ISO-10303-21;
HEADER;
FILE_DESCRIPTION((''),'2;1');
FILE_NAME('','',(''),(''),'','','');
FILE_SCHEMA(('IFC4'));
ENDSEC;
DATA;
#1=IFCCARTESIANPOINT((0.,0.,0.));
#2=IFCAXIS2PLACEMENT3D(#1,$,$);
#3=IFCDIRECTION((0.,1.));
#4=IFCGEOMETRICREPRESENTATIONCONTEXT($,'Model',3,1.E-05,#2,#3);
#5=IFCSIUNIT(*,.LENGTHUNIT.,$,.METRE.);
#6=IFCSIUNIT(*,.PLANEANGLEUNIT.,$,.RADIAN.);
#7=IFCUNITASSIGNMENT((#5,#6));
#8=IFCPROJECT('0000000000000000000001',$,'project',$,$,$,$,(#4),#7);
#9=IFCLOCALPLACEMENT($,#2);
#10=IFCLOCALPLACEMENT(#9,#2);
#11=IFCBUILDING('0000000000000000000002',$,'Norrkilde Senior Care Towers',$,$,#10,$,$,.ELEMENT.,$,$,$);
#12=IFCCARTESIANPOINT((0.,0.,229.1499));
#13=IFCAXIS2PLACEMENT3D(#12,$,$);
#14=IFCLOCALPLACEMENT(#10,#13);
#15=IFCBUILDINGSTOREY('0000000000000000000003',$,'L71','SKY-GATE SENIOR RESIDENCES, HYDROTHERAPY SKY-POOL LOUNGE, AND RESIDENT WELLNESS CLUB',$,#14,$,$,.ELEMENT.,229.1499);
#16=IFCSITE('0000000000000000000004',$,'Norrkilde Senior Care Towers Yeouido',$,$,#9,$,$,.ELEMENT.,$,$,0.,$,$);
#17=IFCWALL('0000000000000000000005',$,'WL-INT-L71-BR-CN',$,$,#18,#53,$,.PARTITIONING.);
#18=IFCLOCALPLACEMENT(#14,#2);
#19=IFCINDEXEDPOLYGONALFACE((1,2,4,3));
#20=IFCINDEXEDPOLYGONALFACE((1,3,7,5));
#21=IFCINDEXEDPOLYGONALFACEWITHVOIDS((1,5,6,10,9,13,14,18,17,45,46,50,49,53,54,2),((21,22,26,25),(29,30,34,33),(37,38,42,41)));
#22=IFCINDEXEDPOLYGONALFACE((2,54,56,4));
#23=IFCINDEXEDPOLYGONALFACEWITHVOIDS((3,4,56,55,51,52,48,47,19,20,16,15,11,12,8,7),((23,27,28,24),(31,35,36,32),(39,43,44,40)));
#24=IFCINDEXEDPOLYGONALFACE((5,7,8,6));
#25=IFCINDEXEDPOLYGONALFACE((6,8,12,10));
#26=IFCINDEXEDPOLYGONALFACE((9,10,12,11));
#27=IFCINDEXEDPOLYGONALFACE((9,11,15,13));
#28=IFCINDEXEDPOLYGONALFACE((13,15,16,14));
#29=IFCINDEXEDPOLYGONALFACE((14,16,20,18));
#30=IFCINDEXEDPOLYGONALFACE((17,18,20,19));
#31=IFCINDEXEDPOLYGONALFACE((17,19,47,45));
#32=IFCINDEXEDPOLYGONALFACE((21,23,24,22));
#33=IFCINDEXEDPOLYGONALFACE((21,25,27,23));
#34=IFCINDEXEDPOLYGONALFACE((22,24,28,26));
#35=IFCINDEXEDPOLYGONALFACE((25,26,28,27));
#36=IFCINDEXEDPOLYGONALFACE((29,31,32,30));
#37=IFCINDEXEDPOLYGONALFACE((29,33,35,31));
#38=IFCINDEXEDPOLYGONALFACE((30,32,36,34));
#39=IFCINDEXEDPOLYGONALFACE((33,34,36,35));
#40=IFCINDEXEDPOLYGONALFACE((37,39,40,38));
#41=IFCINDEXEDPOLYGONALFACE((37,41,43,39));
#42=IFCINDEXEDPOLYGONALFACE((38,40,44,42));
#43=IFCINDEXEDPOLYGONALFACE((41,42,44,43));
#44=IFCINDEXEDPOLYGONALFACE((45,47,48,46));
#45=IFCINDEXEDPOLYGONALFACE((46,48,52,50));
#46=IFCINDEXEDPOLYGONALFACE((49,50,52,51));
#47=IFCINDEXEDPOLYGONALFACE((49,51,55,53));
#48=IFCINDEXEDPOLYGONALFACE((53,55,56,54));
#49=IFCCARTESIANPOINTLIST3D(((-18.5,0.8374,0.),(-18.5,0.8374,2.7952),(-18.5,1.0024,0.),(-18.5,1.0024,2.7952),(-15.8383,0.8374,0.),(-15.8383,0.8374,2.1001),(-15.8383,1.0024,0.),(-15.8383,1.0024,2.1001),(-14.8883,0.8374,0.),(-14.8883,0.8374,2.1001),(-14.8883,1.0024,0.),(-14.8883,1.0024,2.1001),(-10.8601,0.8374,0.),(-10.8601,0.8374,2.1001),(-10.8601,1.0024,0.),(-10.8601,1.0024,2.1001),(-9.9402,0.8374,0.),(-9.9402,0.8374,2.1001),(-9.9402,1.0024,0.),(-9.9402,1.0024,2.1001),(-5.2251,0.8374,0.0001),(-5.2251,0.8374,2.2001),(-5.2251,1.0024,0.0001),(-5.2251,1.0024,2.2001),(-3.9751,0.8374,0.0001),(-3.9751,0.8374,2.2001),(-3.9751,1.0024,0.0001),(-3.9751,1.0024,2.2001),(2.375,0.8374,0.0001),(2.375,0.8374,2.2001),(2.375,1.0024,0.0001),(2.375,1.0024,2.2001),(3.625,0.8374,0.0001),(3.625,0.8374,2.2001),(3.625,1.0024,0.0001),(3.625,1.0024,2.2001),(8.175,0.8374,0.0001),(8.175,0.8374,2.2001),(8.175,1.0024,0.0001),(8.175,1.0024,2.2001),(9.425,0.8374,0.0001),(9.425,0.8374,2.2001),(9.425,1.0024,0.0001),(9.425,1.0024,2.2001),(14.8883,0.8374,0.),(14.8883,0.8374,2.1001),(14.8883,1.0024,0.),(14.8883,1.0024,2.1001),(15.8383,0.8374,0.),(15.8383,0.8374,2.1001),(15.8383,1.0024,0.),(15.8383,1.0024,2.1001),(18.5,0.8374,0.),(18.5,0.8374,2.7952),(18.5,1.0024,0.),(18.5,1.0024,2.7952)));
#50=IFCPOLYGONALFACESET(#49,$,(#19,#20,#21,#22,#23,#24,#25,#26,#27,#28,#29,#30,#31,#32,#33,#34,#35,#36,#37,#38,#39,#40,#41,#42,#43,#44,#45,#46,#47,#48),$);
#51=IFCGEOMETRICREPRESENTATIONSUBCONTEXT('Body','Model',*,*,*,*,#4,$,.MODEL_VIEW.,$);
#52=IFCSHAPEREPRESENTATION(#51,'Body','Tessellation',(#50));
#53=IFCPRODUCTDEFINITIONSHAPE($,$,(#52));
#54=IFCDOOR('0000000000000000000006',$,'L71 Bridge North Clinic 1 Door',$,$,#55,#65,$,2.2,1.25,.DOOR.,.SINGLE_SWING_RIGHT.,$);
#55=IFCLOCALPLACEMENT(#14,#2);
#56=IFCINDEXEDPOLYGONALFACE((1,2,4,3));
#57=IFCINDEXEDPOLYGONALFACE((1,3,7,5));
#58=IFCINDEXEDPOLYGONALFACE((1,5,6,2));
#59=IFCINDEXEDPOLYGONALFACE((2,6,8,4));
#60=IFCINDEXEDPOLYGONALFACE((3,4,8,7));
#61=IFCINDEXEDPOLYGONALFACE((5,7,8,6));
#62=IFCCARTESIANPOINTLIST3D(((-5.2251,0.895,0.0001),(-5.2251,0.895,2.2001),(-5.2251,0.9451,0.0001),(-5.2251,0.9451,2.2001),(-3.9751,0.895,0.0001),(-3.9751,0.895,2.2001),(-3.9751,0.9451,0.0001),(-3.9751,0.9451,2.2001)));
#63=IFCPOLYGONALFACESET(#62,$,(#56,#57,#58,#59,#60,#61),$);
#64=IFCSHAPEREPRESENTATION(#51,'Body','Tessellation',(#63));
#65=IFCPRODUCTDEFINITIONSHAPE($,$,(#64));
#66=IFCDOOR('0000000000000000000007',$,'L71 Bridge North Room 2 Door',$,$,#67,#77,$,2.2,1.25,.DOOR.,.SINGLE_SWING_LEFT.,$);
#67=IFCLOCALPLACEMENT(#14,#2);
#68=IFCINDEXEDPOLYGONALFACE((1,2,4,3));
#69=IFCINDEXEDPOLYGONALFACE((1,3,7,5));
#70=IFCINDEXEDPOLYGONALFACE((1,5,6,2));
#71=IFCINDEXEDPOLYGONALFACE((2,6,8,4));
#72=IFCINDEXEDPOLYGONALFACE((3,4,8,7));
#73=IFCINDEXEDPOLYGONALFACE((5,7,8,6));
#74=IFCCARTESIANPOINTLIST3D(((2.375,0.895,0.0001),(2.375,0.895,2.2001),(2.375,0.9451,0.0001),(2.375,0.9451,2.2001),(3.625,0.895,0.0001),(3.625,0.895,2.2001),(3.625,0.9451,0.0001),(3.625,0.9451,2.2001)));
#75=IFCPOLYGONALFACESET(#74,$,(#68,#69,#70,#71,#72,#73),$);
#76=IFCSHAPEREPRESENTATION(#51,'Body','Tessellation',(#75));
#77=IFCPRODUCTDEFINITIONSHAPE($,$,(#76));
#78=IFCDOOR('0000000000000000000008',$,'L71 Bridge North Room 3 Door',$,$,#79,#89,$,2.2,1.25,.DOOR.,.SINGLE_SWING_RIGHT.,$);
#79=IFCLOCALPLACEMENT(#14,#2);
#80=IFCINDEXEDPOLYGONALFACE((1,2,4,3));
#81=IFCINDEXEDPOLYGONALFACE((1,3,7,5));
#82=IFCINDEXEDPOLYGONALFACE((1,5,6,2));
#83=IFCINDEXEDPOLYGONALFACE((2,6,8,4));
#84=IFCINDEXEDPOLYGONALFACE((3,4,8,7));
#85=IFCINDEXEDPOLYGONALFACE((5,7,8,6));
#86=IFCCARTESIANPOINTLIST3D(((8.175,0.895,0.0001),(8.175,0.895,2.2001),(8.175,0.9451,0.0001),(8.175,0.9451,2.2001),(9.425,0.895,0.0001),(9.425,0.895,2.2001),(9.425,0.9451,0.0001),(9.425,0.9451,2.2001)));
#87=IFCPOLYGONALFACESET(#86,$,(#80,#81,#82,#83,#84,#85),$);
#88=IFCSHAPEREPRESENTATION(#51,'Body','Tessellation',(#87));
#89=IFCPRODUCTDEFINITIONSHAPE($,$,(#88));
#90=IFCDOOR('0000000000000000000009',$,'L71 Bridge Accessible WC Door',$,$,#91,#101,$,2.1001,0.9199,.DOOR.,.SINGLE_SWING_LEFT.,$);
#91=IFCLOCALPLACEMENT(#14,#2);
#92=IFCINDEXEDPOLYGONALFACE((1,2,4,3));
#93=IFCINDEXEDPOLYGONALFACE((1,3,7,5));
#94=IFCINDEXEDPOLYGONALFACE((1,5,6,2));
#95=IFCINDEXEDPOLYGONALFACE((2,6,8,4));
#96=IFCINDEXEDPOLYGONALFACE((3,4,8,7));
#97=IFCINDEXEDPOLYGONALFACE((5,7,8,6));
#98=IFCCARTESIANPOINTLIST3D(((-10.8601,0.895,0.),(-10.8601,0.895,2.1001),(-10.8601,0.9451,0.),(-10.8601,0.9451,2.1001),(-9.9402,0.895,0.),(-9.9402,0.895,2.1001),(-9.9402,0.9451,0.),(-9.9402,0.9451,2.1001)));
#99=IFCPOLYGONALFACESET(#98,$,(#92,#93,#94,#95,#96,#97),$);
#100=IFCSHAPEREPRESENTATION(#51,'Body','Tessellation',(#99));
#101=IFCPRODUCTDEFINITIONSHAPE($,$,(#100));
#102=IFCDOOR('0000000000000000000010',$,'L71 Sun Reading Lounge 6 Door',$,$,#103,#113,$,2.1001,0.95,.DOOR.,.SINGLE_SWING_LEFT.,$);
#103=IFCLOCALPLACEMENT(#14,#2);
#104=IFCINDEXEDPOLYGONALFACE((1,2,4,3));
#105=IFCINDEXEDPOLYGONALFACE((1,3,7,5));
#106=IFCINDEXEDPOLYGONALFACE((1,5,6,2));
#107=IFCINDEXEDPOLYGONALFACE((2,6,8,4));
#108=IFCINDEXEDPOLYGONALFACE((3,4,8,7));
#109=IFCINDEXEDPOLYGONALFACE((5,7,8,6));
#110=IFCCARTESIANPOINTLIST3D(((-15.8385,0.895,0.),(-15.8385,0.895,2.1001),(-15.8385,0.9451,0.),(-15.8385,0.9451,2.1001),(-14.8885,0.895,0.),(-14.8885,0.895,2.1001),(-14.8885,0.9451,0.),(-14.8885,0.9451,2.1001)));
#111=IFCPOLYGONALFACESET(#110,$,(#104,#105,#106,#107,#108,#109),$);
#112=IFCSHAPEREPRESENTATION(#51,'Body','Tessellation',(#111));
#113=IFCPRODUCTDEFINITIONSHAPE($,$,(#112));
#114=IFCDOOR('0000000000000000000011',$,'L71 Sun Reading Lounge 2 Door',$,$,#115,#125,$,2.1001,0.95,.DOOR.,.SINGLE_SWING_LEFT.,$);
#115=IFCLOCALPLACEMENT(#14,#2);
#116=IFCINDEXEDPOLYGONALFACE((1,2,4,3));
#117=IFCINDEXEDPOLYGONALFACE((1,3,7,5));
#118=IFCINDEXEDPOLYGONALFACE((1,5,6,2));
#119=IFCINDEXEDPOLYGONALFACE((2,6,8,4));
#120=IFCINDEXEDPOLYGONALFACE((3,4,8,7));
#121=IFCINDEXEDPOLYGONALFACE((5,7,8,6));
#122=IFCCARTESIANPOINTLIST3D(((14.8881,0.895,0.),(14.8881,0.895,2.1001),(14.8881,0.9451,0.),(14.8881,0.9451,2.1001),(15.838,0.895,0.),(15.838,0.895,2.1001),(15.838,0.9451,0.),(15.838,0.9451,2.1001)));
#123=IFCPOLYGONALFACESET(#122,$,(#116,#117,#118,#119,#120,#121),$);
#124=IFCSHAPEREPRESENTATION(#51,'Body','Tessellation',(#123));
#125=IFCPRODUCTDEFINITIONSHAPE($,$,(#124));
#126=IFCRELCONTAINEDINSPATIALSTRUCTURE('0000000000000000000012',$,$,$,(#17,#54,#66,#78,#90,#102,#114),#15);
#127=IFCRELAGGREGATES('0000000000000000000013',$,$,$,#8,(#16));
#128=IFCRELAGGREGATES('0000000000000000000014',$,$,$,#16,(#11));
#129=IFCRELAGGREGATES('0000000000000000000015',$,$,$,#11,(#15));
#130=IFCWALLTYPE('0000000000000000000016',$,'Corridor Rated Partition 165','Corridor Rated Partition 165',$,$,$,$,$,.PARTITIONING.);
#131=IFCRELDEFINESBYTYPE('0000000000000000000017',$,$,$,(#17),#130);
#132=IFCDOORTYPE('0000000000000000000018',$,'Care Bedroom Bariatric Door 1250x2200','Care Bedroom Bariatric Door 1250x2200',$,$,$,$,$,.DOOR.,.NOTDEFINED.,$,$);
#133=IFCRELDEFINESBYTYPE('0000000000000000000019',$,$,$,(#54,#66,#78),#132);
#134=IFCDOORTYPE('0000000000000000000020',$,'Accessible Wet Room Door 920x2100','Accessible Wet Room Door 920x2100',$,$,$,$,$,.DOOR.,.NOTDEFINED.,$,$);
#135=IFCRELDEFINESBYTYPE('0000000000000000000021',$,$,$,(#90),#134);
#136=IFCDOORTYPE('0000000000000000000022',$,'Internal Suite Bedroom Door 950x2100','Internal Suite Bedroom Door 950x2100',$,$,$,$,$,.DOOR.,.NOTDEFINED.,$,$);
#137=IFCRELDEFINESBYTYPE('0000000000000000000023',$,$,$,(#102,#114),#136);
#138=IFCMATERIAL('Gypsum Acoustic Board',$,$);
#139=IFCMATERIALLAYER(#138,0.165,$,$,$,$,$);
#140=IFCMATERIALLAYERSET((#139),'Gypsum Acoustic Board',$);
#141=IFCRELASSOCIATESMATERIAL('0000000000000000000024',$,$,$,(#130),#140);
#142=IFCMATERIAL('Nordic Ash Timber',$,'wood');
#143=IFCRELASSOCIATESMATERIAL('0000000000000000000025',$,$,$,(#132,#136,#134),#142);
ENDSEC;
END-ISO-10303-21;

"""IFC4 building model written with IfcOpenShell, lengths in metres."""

from ifc_helpers import new_model, si_unit, direction, frame, frame_2d, origin, place, context, subcontext, project, spatial, rectangle, extrude, source, transform, mapped, material, layer, layer_set, type_object, type_shapes, element, fill, save


model = new_model("IFC4")

# Units and contexts
model_context = context("Model", 3, precision=1e-05, world=origin(), true_north=direction((0.0, 1.0)))
body_context = subcontext(model_context, "Body", "Model", "MODEL_VIEW")
ifc_project = project(units=[si_unit("LENGTHUNIT", "METRE"), si_unit("PLANEANGLEUNIT", "RADIAN")], contexts=[model_context])

# Site, building, storey
site_placement = place(None, origin())
site = spatial("IfcSite", under=ifc_project, at=site_placement, Name="Norrkilde Senior Care Towers Yeouido", CompositionType="ELEMENT", RefElevation=0.0)
building_placement = place(site_placement, origin())
building = spatial("IfcBuilding", under=site, at=building_placement, Name="Norrkilde Senior Care Towers", CompositionType="ELEMENT")
storey_placement = place(building_placement, frame((0.0, 0.0, 229.1499)))
storey = spatial("IfcBuildingStorey", under=building, at=storey_placement, Name="L71", Description="SKY-GATE SENIOR RESIDENCES, HYDROTHERAPY SKY-POOL LOUNGE, AND RESIDENT WELLNESS CLUB", CompositionType="ELEMENT", Elevation=229.1499)

# Shared definitions
ifc_material_1 = material(Name="Gypsum Acoustic Board")
ifc_layer = layer(ifc_material_1, 0.165)
ifc_layer_set = layer_set([ifc_layer], Name="Gypsum Acoustic Board")
wall_type = type_object("IfcWallType", Name="Corridor Rated Partition 165", Description="Corridor Rated Partition 165", PredefinedType="PARTITIONING", material=ifc_layer_set)
ifc_material_2 = material(Name="Nordic Ash Timber", Category="wood")
door_type_1 = type_object("IfcDoorType", Name="Care Bedroom Bariatric Door 1250x2200", Description="Care Bedroom Bariatric Door 1250x2200", OperationType="NOTDEFINED", PredefinedType="DOOR", material=ifc_material_2)
shared_shape_1 = source(origin(), body_context, "Body", "SweptSolid", [
    extrude(rectangle(XDim=1.25, YDim=2.2, at=frame_2d((0.625, 1.1001))), frame((0.0, 0.0249, 0.0), z_axis=(0.0, -1.0, 0.0), x_axis=(1.0, 0.0, 0.0)), (0.0, 0.0, 1.0), 0.05),
])
type_shapes(door_type_1, [shared_shape_1])

# Wall, openings, doors
shared_shape_2 = source(origin(), body_context, "Body", "SweptSolid", [
    extrude(rectangle(XDim=37.0, YDim=0.165, at=frame_2d((18.5, 0.0))), origin(), (0.0, 0.0, 1.0), 2.7952),
])
door_type_2 = type_object("IfcDoorType", Name="Internal Suite Bedroom Door 950x2100", Description="Internal Suite Bedroom Door 950x2100", OperationType="NOTDEFINED", PredefinedType="DOOR", material=ifc_material_2)
shared_shape_3 = source(origin(), body_context, "Body", "SweptSolid", [
    extrude(rectangle(XDim=0.95, YDim=2.1001, at=frame_2d((0.4751, 1.05))), frame((0.0, 0.0249, 0.0), z_axis=(0.0, -1.0, 0.0), x_axis=(1.0, 0.0, 0.0)), (0.0, 0.0, 1.0), 0.05),
])
type_shapes(door_type_2, [shared_shape_3])
wall_1_placement = place(storey_placement, frame((-18.5, 0.9199, 0.0), z_axis=(0.0, 0.0, 1.0), x_axis=(1.0, 0.0, 0.0)))
wall_1 = element("IfcWall", 1, at=wall_1_placement, inside=storey, type_object=wall_type, Name="WL-INT-L71-BR-CN", PredefinedType="PARTITIONING", context=body_context, shape_type="MappedRepresentation", body=[
    mapped(shared_shape_2, transform((0.0, 0.0, 0.0), x_axis=(1.0, 0.0, 0.0), y_axis=(0.0, 1.0, 0.0), z_axis=(0.0, 0.0, 1.0), scale=1.0)),
])
opening_1_placement = place(wall_1_placement, frame((2.6616, 0.0, 0.0)))
opening_1 = element("IfcOpeningElement", 2, at=opening_1_placement, cuts=wall_1, PredefinedType="OPENING", context=body_context, shape_type="SweptSolid", body=[
    extrude(rectangle(XDim=0.95, YDim=2.1001, at=frame_2d((0.4751, 1.05))), frame((0.0, 0.0925, 0.0), z_axis=(0.0, -1.0, 0.0), x_axis=(1.0, 0.0, 0.0)), (0.0, 0.0, 1.0), 0.1851),
])
opening_2_placement = place(wall_1_placement, frame((33.3882, 0.0, 0.0)))
opening_2 = element("IfcOpeningElement", 3, at=opening_2_placement, cuts=wall_1, PredefinedType="OPENING", context=body_context, shape_type="SweptSolid", body=[
    extrude(rectangle(XDim=0.95, YDim=2.1001, at=frame_2d((0.4751, 1.05))), frame((0.0, 0.0925, 0.0), z_axis=(0.0, -1.0, 0.0), x_axis=(1.0, 0.0, 0.0)), (0.0, 0.0, 1.0), 0.1851),
])
opening_3_placement = place(wall_1_placement, frame((7.6399, 0.0, 0.0)))
opening_3 = element("IfcOpeningElement", 4, at=opening_3_placement, cuts=wall_1, PredefinedType="OPENING", context=body_context, shape_type="SweptSolid", body=[
    extrude(rectangle(XDim=0.9199, YDim=2.1001, at=frame_2d((0.46, 1.05))), frame((0.0, 0.0925, 0.0), z_axis=(0.0, -1.0, 0.0), x_axis=(1.0, 0.0, 0.0)), (0.0, 0.0, 1.0), 0.1851),
])
opening_4_placement = place(wall_1_placement, frame((13.2749, 0.0, 0.0)))
opening_4 = element("IfcOpeningElement", 5, at=opening_4_placement, cuts=wall_1, PredefinedType="OPENING", context=body_context, shape_type="SweptSolid", body=[
    extrude(rectangle(XDim=1.25, YDim=2.2, at=frame_2d((0.625, 1.1001))), frame((0.0, 0.0925, 0.0), z_axis=(0.0, -1.0, 0.0), x_axis=(1.0, 0.0, 0.0)), (0.0, 0.0, 1.0), 0.1851),
])
opening_5_placement = place(wall_1_placement, frame((20.875, 0.0, 0.0)))
opening_5 = element("IfcOpeningElement", 6, at=opening_5_placement, cuts=wall_1, PredefinedType="OPENING", context=body_context, shape_type="SweptSolid", body=[
    extrude(rectangle(XDim=1.25, YDim=2.2, at=frame_2d((0.625, 1.1001))), frame((0.0, 0.0925, 0.0), z_axis=(0.0, -1.0, 0.0), x_axis=(1.0, 0.0, 0.0)), (0.0, 0.0, 1.0), 0.1851),
])
opening_6_placement = place(wall_1_placement, frame((26.675, 0.0, 0.0)))
opening_6 = element("IfcOpeningElement", 7, at=opening_6_placement, cuts=wall_1, PredefinedType="OPENING", context=body_context, shape_type="SweptSolid", body=[
    extrude(rectangle(XDim=1.25, YDim=2.2, at=frame_2d((0.625, 1.1001))), frame((0.0, 0.0925, 0.0), z_axis=(0.0, -1.0, 0.0), x_axis=(1.0, 0.0, 0.0)), (0.0, 0.0, 1.0), 0.1851),
])
door_1_placement = place(opening_4_placement, frame((1.25, 0.0, 0.0), z_axis=(0.0, 0.0, 1.0), x_axis=(-1.0, 0.0, 0.0)))
door_1 = element("IfcDoor", 8, at=door_1_placement, inside=storey, type_object=door_type_1, Name="L71 Bridge North Clinic 1 Door", OperationType="SINGLE_SWING_RIGHT", OverallHeight=2.2, OverallWidth=1.25, PredefinedType="DOOR", context=body_context, shape_type="MappedRepresentation", body=[
    mapped(shared_shape_1, transform((0.0, 0.0, 0.0), x_axis=(1.0, 0.0, 0.0), y_axis=(0.0, 1.0, 0.0), z_axis=(0.0, 0.0, 1.0), scale=1.0)),
])
fill(opening_4, door_1)
door_2_placement = place(opening_5_placement, frame((1.25, 0.0, 0.0), z_axis=(0.0, 0.0, 1.0), x_axis=(-1.0, 0.0, 0.0)))
door_2 = element("IfcDoor", 9, at=door_2_placement, inside=storey, type_object=door_type_1, Name="L71 Bridge North Room 2 Door", OperationType="SINGLE_SWING_LEFT", OverallHeight=2.2, OverallWidth=1.25, PredefinedType="DOOR", context=body_context, shape_type="MappedRepresentation", body=[
    mapped(shared_shape_1, transform((0.0, 0.0, 0.0), x_axis=(1.0, 0.0, 0.0), y_axis=(0.0, 1.0, 0.0), z_axis=(0.0, 0.0, 1.0), scale=1.0)),
])
fill(opening_5, door_2)
door_3_placement = place(opening_6_placement, frame((1.25, 0.0, 0.0), z_axis=(0.0, 0.0, 1.0), x_axis=(-1.0, 0.0, 0.0)))
door_3 = element("IfcDoor", 10, at=door_3_placement, inside=storey, type_object=door_type_1, Name="L71 Bridge North Room 3 Door", OperationType="SINGLE_SWING_RIGHT", OverallHeight=2.2, OverallWidth=1.25, PredefinedType="DOOR", context=body_context, shape_type="MappedRepresentation", body=[
    mapped(shared_shape_1, transform((0.0, 0.0, 0.0), x_axis=(1.0, 0.0, 0.0), y_axis=(0.0, 1.0, 0.0), z_axis=(0.0, 0.0, 1.0), scale=1.0)),
])
fill(opening_6, door_3)
door_type_3 = type_object("IfcDoorType", Name="Accessible Wet Room Door 920x2100", Description="Accessible Wet Room Door 920x2100", OperationType="NOTDEFINED", PredefinedType="DOOR", material=ifc_material_2)
shared_shape_4 = source(origin(), body_context, "Body", "SweptSolid", [
    extrude(rectangle(XDim=0.9199, YDim=2.1001, at=frame_2d((0.46, 1.05))), frame((0.0, 0.0249, 0.0), z_axis=(0.0, -1.0, 0.0), x_axis=(1.0, 0.0, 0.0)), (0.0, 0.0, 1.0), 0.05),
])
type_shapes(door_type_3, [shared_shape_4])
door_4_placement = place(opening_3_placement, frame((0.9199, 0.0, 0.0), z_axis=(0.0, 0.0, 1.0), x_axis=(-1.0, 0.0, 0.0)))
door_4 = element("IfcDoor", 11, at=door_4_placement, inside=storey, type_object=door_type_3, Name="L71 Bridge Accessible WC Door", OperationType="SINGLE_SWING_LEFT", OverallHeight=2.1001, OverallWidth=0.9199, PredefinedType="DOOR", context=body_context, shape_type="MappedRepresentation", body=[
    mapped(shared_shape_4, transform((0.0, 0.0, 0.0), x_axis=(1.0, 0.0, 0.0), y_axis=(0.0, 1.0, 0.0), z_axis=(0.0, 0.0, 1.0), scale=1.0)),
])
fill(opening_3, door_4)
door_5_placement = place(opening_1_placement, frame((0.95, 0.0, 0.0), z_axis=(0.0, 0.0, 1.0), x_axis=(-1.0, 0.0, 0.0)))
door_5 = element("IfcDoor", 12, at=door_5_placement, inside=storey, type_object=door_type_2, Name="L71 Sun Reading Lounge 6 Door", OperationType="SINGLE_SWING_LEFT", OverallHeight=2.1001, OverallWidth=0.95, PredefinedType="DOOR", context=body_context, shape_type="MappedRepresentation", body=[
    mapped(shared_shape_3, transform((0.0, 0.0, 0.0), x_axis=(1.0, 0.0, 0.0), y_axis=(0.0, 1.0, 0.0), z_axis=(0.0, 0.0, 1.0), scale=1.0)),
])
fill(opening_1, door_5)
door_6_placement = place(opening_2_placement, frame((0.95, 0.0, 0.0), z_axis=(0.0, 0.0, 1.0), x_axis=(-1.0, 0.0, 0.0)))
door_6 = element("IfcDoor", 13, at=door_6_placement, inside=storey, type_object=door_type_2, Name="L71 Sun Reading Lounge 2 Door", OperationType="SINGLE_SWING_LEFT", OverallHeight=2.1001, OverallWidth=0.95, PredefinedType="DOOR", context=body_context, shape_type="MappedRepresentation", body=[
    mapped(shared_shape_3, transform((0.0, 0.0, 0.0), x_axis=(1.0, 0.0, 0.0), y_axis=(0.0, 1.0, 0.0), z_axis=(0.0, 0.0, 1.0), scale=1.0)),
])
fill(opening_2, door_6)

save(model, "model.ifc")
